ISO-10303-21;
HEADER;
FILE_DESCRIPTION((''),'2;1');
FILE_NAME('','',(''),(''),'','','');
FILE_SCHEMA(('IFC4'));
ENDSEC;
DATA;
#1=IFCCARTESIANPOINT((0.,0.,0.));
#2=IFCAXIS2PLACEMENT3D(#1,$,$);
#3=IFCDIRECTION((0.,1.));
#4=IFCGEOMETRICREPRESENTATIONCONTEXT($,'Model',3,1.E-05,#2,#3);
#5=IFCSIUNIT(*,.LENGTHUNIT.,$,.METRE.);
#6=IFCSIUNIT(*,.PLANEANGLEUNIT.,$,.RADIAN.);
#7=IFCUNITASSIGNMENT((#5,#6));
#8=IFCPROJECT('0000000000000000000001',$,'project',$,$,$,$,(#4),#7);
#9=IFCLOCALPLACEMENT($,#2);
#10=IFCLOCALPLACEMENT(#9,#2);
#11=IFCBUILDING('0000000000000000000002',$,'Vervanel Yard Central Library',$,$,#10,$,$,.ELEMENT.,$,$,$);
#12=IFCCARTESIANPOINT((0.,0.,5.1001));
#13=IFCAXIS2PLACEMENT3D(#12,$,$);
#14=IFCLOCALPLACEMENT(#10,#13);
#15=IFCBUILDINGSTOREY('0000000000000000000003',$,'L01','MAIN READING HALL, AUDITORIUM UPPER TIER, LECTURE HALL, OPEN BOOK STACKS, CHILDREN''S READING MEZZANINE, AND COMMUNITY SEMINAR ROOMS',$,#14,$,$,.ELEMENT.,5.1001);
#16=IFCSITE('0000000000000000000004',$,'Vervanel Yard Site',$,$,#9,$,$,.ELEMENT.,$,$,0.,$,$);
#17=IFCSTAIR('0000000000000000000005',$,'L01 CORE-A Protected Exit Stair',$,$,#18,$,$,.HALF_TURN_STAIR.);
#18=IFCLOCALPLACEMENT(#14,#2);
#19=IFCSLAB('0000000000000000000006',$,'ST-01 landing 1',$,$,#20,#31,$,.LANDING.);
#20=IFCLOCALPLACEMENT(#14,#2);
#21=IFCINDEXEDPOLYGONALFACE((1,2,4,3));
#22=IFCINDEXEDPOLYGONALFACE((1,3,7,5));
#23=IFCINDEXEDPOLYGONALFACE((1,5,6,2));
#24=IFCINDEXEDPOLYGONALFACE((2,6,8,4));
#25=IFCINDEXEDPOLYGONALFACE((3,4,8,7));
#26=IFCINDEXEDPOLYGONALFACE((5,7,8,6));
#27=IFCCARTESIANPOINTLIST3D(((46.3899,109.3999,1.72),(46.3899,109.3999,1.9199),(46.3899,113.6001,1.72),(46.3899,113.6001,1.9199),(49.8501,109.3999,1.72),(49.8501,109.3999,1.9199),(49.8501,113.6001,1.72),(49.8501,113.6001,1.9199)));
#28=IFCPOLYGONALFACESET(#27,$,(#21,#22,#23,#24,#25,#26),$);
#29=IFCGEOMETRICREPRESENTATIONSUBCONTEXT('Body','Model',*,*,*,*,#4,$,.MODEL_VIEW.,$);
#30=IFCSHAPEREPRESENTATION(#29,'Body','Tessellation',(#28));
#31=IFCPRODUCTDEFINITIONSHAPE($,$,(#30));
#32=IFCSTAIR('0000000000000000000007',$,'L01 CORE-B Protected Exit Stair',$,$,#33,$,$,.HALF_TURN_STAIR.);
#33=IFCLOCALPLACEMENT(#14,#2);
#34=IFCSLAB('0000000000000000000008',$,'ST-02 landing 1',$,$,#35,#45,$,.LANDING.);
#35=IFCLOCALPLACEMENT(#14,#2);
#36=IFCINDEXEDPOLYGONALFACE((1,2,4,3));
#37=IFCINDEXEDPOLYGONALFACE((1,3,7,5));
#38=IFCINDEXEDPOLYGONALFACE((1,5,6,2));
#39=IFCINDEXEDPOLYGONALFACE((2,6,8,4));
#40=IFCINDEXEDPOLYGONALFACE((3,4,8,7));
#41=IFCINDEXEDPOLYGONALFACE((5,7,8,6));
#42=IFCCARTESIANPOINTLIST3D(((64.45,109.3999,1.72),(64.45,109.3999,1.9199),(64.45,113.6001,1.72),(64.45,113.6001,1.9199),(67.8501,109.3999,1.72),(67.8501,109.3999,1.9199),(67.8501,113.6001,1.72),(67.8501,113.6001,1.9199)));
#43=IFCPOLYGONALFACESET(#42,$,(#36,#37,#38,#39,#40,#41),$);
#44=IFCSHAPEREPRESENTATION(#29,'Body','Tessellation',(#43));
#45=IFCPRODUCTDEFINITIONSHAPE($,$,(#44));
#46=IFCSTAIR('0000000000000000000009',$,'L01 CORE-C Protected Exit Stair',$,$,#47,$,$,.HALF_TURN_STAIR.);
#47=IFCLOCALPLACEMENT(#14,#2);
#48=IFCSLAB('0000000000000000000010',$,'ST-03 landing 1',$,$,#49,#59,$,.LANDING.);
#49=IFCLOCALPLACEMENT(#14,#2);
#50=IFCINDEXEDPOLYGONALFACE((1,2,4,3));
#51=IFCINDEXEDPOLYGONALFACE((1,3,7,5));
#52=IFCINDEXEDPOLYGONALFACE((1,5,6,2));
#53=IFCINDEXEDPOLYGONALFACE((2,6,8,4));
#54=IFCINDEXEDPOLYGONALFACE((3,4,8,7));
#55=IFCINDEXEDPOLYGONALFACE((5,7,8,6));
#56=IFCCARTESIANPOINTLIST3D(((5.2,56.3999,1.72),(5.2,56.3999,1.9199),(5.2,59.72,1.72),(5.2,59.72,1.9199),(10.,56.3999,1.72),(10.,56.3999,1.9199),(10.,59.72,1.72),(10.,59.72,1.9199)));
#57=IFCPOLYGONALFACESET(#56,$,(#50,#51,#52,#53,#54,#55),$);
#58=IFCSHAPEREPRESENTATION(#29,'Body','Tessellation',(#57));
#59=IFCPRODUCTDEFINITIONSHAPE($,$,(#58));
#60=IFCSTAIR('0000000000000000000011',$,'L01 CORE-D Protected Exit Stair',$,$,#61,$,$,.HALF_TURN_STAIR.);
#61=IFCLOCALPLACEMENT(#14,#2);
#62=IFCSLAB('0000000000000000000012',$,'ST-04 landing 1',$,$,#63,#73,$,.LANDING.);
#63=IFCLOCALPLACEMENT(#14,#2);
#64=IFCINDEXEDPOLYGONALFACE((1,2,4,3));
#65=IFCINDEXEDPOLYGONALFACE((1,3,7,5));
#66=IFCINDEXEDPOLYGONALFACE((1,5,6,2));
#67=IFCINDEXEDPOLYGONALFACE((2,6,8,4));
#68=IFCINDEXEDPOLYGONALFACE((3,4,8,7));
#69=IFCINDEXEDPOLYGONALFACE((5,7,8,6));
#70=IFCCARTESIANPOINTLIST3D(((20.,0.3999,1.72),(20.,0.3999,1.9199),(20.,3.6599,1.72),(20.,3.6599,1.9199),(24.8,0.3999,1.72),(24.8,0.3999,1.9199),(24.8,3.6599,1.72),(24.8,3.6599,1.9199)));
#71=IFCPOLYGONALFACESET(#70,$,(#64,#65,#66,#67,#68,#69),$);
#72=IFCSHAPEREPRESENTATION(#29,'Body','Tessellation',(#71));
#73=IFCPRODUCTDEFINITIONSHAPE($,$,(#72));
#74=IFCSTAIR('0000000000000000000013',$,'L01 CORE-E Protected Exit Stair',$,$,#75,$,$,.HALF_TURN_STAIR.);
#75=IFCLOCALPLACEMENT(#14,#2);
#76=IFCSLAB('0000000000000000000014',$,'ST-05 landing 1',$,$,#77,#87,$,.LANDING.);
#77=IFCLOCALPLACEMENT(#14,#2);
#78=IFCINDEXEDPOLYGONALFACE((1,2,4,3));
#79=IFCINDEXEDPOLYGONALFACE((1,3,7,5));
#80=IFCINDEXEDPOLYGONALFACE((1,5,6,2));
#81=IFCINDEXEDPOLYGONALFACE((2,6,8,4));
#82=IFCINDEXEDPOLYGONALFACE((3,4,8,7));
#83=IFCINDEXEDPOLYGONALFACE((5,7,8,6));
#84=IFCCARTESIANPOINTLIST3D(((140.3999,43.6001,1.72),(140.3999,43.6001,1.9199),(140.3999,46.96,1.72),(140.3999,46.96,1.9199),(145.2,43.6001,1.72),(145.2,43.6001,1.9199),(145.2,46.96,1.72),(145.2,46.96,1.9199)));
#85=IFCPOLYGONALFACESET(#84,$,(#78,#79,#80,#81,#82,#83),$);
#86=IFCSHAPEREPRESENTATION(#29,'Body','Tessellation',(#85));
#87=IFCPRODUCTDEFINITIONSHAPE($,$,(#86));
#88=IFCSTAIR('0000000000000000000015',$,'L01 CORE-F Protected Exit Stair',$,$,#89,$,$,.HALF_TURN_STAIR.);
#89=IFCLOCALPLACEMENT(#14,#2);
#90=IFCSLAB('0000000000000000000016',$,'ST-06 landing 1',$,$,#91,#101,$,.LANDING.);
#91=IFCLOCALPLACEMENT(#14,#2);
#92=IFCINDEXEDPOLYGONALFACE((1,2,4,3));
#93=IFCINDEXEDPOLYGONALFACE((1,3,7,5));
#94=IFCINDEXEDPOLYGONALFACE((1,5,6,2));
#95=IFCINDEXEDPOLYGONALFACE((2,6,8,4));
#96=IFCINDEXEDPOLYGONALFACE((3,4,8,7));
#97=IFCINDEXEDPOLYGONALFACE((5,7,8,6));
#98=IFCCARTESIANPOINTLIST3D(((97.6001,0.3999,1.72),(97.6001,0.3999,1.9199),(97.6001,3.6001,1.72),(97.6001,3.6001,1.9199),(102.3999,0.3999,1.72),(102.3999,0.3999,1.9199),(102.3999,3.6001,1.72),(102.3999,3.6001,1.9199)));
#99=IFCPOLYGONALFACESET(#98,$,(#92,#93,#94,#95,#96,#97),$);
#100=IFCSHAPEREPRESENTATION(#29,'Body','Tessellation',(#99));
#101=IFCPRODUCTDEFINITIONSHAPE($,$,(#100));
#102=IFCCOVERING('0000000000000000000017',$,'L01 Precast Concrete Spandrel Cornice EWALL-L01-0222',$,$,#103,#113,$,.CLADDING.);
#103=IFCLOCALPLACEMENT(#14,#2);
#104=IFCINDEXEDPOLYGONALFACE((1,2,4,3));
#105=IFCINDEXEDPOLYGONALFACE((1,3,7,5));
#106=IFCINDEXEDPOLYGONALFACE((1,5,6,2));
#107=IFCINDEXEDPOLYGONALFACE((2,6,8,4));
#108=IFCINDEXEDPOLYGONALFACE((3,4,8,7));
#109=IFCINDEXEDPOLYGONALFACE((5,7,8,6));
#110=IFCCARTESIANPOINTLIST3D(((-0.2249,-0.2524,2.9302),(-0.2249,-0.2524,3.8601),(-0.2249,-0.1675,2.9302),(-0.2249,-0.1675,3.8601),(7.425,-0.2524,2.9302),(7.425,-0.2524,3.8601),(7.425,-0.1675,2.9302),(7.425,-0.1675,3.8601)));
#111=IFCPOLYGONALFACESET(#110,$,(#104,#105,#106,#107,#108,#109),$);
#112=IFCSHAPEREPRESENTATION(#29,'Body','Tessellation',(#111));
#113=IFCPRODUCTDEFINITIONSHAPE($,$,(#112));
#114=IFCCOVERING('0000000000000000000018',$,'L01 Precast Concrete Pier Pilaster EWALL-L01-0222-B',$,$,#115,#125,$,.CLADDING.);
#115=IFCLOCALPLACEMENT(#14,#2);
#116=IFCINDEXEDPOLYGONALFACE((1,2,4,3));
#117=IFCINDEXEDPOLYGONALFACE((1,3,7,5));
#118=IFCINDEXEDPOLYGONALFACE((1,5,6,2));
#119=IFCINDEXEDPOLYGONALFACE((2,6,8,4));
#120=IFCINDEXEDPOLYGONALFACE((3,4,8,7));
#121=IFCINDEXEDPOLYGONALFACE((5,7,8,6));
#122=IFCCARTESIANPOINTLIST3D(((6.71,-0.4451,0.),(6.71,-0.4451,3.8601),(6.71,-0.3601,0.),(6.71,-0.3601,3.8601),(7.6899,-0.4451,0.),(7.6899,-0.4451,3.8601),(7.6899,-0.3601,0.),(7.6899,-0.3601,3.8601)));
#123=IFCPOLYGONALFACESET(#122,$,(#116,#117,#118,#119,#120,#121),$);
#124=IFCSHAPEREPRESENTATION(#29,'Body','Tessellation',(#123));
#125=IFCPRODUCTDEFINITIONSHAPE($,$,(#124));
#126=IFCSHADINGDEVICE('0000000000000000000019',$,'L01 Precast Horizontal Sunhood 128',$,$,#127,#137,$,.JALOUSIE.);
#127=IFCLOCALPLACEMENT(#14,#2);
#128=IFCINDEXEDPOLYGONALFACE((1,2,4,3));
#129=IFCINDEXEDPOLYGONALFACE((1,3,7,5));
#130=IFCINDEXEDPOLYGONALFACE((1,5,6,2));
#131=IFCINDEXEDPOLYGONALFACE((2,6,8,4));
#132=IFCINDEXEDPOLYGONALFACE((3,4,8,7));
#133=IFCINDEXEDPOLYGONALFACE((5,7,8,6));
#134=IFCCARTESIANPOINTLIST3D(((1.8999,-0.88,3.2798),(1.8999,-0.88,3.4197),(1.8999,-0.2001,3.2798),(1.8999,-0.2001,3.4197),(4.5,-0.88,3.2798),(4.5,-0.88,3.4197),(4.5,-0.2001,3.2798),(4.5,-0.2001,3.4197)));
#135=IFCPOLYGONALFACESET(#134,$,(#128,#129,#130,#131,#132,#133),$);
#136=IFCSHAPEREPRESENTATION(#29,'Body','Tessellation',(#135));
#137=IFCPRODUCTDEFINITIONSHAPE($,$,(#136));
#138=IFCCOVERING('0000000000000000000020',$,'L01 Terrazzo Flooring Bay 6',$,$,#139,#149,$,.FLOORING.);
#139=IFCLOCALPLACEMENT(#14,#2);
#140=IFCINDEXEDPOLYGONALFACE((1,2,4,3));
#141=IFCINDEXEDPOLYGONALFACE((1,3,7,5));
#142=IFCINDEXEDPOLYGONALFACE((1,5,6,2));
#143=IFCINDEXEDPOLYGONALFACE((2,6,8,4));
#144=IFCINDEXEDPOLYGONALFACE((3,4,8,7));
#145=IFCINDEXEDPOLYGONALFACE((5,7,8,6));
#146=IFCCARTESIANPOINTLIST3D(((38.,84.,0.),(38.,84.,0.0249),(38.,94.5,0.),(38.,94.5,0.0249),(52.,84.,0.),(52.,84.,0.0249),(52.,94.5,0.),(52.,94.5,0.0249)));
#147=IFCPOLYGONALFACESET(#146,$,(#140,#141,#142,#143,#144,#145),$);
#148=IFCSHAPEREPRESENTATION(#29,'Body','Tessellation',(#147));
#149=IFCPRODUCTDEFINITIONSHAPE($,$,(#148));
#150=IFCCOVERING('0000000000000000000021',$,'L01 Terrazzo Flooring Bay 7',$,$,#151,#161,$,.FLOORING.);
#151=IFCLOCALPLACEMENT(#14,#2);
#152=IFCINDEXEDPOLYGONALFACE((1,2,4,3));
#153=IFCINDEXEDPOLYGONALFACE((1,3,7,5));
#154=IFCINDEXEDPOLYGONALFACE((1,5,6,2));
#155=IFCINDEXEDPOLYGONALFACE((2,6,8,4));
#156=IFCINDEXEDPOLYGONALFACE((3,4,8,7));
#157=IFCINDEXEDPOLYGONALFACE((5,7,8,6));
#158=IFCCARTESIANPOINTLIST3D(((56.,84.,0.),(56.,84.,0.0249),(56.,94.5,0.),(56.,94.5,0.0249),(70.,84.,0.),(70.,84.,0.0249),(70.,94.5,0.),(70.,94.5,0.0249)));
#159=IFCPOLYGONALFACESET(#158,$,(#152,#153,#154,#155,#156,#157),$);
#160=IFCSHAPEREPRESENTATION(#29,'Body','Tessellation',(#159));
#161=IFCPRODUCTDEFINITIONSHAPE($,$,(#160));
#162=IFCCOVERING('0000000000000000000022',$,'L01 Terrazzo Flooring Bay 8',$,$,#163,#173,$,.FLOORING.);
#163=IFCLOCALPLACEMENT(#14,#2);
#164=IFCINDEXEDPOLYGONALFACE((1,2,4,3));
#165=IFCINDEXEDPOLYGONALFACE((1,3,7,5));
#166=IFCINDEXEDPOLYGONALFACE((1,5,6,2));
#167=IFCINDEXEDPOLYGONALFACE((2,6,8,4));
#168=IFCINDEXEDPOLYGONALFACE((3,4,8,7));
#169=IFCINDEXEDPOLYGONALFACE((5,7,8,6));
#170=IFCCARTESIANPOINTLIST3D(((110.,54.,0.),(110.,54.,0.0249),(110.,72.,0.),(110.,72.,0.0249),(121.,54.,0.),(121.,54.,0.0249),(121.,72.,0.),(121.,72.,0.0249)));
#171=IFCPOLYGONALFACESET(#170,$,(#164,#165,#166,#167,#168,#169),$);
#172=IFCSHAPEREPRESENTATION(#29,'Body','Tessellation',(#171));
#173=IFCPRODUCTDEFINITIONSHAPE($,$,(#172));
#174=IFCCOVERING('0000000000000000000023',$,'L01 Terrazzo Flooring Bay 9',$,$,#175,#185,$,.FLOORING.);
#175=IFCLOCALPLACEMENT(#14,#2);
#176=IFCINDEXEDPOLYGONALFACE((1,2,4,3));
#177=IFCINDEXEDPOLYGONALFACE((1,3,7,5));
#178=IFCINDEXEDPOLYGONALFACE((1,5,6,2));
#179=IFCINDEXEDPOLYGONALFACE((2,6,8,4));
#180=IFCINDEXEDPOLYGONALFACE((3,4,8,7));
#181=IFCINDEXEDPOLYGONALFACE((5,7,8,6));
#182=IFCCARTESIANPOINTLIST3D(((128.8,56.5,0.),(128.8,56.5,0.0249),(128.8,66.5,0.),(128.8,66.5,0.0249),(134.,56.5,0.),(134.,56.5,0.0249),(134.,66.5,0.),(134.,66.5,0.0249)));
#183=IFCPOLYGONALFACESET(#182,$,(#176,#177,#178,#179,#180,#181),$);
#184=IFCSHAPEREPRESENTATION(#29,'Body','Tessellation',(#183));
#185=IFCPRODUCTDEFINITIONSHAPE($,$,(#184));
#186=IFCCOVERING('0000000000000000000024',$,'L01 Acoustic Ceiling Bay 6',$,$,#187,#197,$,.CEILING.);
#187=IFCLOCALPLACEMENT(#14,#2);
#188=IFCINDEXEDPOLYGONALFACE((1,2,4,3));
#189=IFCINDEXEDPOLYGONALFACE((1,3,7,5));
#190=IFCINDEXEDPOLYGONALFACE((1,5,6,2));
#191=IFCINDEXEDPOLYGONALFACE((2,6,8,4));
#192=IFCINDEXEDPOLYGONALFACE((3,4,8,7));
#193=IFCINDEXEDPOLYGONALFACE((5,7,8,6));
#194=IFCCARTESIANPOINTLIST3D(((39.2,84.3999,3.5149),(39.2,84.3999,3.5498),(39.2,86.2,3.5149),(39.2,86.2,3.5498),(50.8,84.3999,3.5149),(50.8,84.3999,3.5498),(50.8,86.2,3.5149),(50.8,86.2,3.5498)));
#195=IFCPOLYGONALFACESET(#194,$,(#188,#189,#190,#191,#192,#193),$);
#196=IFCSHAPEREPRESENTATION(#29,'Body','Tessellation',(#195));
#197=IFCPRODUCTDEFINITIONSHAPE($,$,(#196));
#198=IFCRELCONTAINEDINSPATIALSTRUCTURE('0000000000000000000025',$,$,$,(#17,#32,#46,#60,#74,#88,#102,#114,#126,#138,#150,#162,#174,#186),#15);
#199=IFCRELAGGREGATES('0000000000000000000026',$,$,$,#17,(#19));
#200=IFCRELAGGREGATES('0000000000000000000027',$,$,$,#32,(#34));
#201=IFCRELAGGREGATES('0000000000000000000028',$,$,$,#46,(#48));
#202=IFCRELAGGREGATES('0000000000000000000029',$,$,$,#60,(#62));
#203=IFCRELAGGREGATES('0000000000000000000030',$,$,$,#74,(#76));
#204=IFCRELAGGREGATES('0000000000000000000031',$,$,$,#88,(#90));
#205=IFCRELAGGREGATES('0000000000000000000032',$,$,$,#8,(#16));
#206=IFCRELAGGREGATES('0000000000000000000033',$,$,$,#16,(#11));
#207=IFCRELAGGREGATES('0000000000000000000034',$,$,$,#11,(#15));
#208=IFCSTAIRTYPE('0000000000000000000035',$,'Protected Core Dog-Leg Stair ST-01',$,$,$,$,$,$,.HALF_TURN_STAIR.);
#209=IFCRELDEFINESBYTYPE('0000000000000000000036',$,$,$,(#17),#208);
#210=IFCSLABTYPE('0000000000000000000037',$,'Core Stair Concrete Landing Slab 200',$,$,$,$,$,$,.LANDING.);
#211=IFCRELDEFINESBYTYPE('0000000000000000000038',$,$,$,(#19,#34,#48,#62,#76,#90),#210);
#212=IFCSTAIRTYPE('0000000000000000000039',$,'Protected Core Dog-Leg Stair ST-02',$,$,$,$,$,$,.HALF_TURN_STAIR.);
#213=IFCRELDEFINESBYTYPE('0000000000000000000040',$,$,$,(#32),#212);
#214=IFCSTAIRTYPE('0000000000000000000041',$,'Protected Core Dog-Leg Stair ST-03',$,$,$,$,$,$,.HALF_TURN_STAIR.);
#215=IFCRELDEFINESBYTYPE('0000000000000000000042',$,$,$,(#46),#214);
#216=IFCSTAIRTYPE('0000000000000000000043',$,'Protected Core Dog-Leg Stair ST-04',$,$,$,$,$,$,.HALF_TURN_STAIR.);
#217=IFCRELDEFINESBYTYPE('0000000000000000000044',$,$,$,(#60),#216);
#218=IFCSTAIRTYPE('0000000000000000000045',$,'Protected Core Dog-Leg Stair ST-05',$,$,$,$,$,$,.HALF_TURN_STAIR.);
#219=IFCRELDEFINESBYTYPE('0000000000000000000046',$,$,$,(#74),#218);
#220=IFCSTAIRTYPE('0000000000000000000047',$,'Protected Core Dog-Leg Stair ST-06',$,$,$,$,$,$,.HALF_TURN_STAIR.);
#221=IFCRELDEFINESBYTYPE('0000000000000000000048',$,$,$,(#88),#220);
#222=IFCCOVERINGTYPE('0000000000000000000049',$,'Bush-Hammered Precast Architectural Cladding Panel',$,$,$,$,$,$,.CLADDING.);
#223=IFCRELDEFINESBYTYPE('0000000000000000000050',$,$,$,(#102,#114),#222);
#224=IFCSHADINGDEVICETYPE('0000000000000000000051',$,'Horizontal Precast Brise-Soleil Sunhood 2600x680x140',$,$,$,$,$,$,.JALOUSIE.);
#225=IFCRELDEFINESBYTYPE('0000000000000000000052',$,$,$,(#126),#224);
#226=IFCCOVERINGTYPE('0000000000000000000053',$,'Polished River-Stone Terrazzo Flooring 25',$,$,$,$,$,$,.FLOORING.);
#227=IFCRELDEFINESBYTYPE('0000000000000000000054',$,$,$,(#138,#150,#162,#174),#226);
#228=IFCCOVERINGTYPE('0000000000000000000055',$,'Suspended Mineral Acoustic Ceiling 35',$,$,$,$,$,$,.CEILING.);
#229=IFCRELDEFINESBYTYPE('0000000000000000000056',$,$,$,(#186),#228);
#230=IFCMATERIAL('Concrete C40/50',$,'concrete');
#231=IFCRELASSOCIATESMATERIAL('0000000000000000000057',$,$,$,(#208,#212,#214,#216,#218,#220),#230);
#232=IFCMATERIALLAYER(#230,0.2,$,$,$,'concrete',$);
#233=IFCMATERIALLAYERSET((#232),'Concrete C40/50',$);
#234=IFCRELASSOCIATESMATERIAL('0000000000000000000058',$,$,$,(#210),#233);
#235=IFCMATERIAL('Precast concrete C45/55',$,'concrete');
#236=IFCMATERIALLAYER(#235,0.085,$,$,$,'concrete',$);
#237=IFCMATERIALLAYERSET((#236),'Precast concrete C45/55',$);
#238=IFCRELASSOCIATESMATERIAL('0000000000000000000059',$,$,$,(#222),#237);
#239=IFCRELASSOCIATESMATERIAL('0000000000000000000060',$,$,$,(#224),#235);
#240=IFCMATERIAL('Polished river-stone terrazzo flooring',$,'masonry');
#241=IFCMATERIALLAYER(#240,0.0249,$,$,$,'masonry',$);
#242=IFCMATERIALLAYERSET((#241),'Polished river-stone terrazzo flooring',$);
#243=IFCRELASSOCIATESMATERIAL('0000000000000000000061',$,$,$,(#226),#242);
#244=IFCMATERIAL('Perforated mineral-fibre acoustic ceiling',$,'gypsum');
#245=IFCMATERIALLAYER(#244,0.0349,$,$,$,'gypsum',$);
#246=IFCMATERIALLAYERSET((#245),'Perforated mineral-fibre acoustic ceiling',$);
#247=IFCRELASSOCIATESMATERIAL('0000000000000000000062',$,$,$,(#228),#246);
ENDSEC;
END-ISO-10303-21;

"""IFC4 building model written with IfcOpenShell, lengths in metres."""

from ifc_helpers import new_model, si_unit, direction, frame, origin, origin_2d, place, context, subcontext, project, spatial, polyline, rectangle, outline, extrude, material, layer, layer_set, type_object, element, aggregate, save


model = new_model("IFC4")

# Units and contexts
model_context = context("Model", 3, precision=1e-05, world=origin(), true_north=direction((0.0, 1.0)))
body_context = subcontext(model_context, "Body", "Model", "MODEL_VIEW")
ifc_project = project(units=[si_unit("LENGTHUNIT", "METRE"), si_unit("PLANEANGLEUNIT", "RADIAN")], contexts=[model_context])

# Site, building, storey
site_placement = place(None, origin())
site = spatial("IfcSite", under=ifc_project, at=site_placement, Name="Vervanel Yard Site", CompositionType="ELEMENT", RefElevation=0.0)
building_placement = place(site_placement, origin())
building = spatial("IfcBuilding", under=site, at=building_placement, Name="Vervanel Yard Central Library", CompositionType="ELEMENT")
storey_placement = place(building_placement, frame((0.0, 0.0, 5.1001)))
storey = spatial("IfcBuildingStorey", under=building, at=storey_placement, Name="L01", Description="MAIN READING HALL, AUDITORIUM UPPER TIER, LECTURE HALL, OPEN BOOK STACKS, CHILDREN'S READING MEZZANINE, AND COMMUNITY SEMINAR ROOMS", CompositionType="ELEMENT", Elevation=5.1001)

# Stairs, slabs
ifc_material_1 = material(Name="Concrete C40/50", Category="concrete")
stair_type_1 = type_object("IfcStairType", Name="Protected Core Dog-Leg Stair ST-01", PredefinedType="HALF_TURN_STAIR", material=ifc_material_1)
stair_1_placement = place(storey_placement, origin())
stair_1 = element("IfcStair", 1, at=stair_1_placement, inside=storey, type_object=stair_type_1, Name="L01 CORE-A Protected Exit Stair", PredefinedType="HALF_TURN_STAIR")
ifc_layer_1 = layer(ifc_material_1, 0.2, Category="concrete")
ifc_layer_set_1 = layer_set([ifc_layer_1], Name="Concrete C40/50")
slab_type = type_object("IfcSlabType", Name="Core Stair Concrete Landing Slab 200", PredefinedType="LANDING", material=ifc_layer_set_1)
slab_1_placement = place(storey_placement, frame((0.0, 0.0, 1.72)))
slab_1 = element("IfcSlab", 2, at=slab_1_placement, type_object=slab_type, Name="ST-01 landing 1", PredefinedType="LANDING", context=body_context, shape_type="SweptSolid", body=[
    extrude(outline(polyline([(49.8501, 109.3999), (49.8501, 113.6001), (46.3899, 113.6001), (46.3899, 109.3999), (49.8501, 109.3999)])), origin(), (0.0, 0.0, 1.0), 0.2),
])
aggregate(stair_1, [slab_1])
stair_type_2 = type_object("IfcStairType", Name="Protected Core Dog-Leg Stair ST-02", PredefinedType="HALF_TURN_STAIR", material=ifc_material_1)
stair_2_placement = place(storey_placement, origin())
stair_2 = element("IfcStair", 3, at=stair_2_placement, inside=storey, type_object=stair_type_2, Name="L01 CORE-B Protected Exit Stair", PredefinedType="HALF_TURN_STAIR")
slab_2_placement = place(storey_placement, frame((0.0, 0.0, 1.72)))
slab_2 = element("IfcSlab", 4, at=slab_2_placement, type_object=slab_type, Name="ST-02 landing 1", PredefinedType="LANDING", context=body_context, shape_type="SweptSolid", body=[
    extrude(outline(polyline([(67.8501, 109.3999), (67.8501, 113.6001), (64.45, 113.6001), (64.45, 109.3999), (67.8501, 109.3999)])), origin(), (0.0, 0.0, 1.0), 0.2),
])
aggregate(stair_2, [slab_2])
stair_type_3 = type_object("IfcStairType", Name="Protected Core Dog-Leg Stair ST-03", PredefinedType="HALF_TURN_STAIR", material=ifc_material_1)
stair_3_placement = place(storey_placement, origin())
stair_3 = element("IfcStair", 5, at=stair_3_placement, inside=storey, type_object=stair_type_3, Name="L01 CORE-C Protected Exit Stair", PredefinedType="HALF_TURN_STAIR")
slab_3_placement = place(storey_placement, frame((0.0, 0.0, 1.72)))
slab_3 = element("IfcSlab", 6, at=slab_3_placement, type_object=slab_type, Name="ST-03 landing 1", PredefinedType="LANDING", context=body_context, shape_type="SweptSolid", body=[
    extrude(outline(polyline([(5.2, 56.3999), (10.0, 56.3999), (10.0, 59.72), (5.2, 59.72), (5.2, 56.3999)])), origin(), (0.0, 0.0, 1.0), 0.2),
])
aggregate(stair_3, [slab_3])
stair_type_4 = type_object("IfcStairType", Name="Protected Core Dog-Leg Stair ST-04", PredefinedType="HALF_TURN_STAIR", material=ifc_material_1)
stair_4_placement = place(storey_placement, origin())
stair_4 = element("IfcStair", 7, at=stair_4_placement, inside=storey, type_object=stair_type_4, Name="L01 CORE-D Protected Exit Stair", PredefinedType="HALF_TURN_STAIR")
slab_4_placement = place(storey_placement, frame((0.0, 0.0, 1.72)))
slab_4 = element("IfcSlab", 8, at=slab_4_placement, type_object=slab_type, Name="ST-04 landing 1", PredefinedType="LANDING", context=body_context, shape_type="SweptSolid", body=[
    extrude(outline(polyline([(20.0, 0.3999), (24.8, 0.3999), (24.8, 3.6599), (20.0, 3.6599), (20.0, 0.3999)])), origin(), (0.0, 0.0, 1.0), 0.2),
])
aggregate(stair_4, [slab_4])
stair_type_5 = type_object("IfcStairType", Name="Protected Core Dog-Leg Stair ST-05", PredefinedType="HALF_TURN_STAIR", material=ifc_material_1)
stair_5_placement = place(storey_placement, origin())
stair_5 = element("IfcStair", 9, at=stair_5_placement, inside=storey, type_object=stair_type_5, Name="L01 CORE-E Protected Exit Stair", PredefinedType="HALF_TURN_STAIR")
slab_5_placement = place(storey_placement, frame((0.0, 0.0, 1.72)))
slab_5 = element("IfcSlab", 10, at=slab_5_placement, type_object=slab_type, Name="ST-05 landing 1", PredefinedType="LANDING", context=body_context, shape_type="SweptSolid", body=[
    extrude(outline(polyline([(140.3999, 43.6001), (145.2, 43.6001), (145.2, 46.96), (140.3999, 46.96), (140.3999, 43.6001)])), origin(), (0.0, 0.0, 1.0), 0.2),
])
aggregate(stair_5, [slab_5])
stair_type_6 = type_object("IfcStairType", Name="Protected Core Dog-Leg Stair ST-06", PredefinedType="HALF_TURN_STAIR", material=ifc_material_1)
stair_6_placement = place(storey_placement, origin())
stair_6 = element("IfcStair", 11, at=stair_6_placement, inside=storey, type_object=stair_type_6, Name="L01 CORE-F Protected Exit Stair", PredefinedType="HALF_TURN_STAIR")
slab_6_placement = place(storey_placement, frame((0.0, 0.0, 1.72)))
slab_6 = element("IfcSlab", 12, at=slab_6_placement, type_object=slab_type, Name="ST-06 landing 1", PredefinedType="LANDING", context=body_context, shape_type="SweptSolid", body=[
    extrude(outline(polyline([(97.6001, 0.3999), (102.3999, 0.3999), (102.3999, 3.6001), (97.6001, 3.6001), (97.6001, 0.3999)])), origin(), (0.0, 0.0, 1.0), 0.2),
])
aggregate(stair_6, [slab_6])

# Coverings
ifc_material_2 = material(Name="Precast concrete C45/55", Category="concrete")
ifc_layer_2 = layer(ifc_material_2, 0.085, Category="concrete")
ifc_layer_set_2 = layer_set([ifc_layer_2], Name="Precast concrete C45/55")
covering_type_1 = type_object("IfcCoveringType", Name="Bush-Hammered Precast Architectural Cladding Panel", PredefinedType="CLADDING", material=ifc_layer_set_2)
covering_1_placement = place(storey_placement, frame((3.6001, -0.21, 2.9302), z_axis=(0.0, 0.0, 1.0), x_axis=(1.0, 0.0, 0.0)))
element("IfcCovering", 13, at=covering_1_placement, inside=storey, type_object=covering_type_1, Name="L01 Precast Concrete Spandrel Cornice EWALL-L01-0222", PredefinedType="CLADDING", context=body_context, shape_type="SweptSolid", body=[
    extrude(rectangle(XDim=7.6499, YDim=0.085, at=origin_2d()), origin(), (0.0, 0.0, 1.0), 0.9299),
])
covering_2_placement = place(storey_placement, frame((7.2, -0.4026, 0.0), z_axis=(0.0, 0.0, 1.0), x_axis=(1.0, 0.0, 0.0)))
element("IfcCovering", 14, at=covering_2_placement, inside=storey, type_object=covering_type_1, Name="L01 Precast Concrete Pier Pilaster EWALL-L01-0222-B", PredefinedType="CLADDING", context=body_context, shape_type="SweptSolid", body=[
    extrude(rectangle(XDim=0.98, YDim=0.085, at=origin_2d()), origin(), (0.0, 0.0, 1.0), 3.8601),
])

# Shading device
shading_device_type_1 = type_object("IfcShadingDeviceType", Name="Horizontal Precast Brise-Soleil Sunhood 2600x680x140", PredefinedType="JALOUSIE", material=ifc_material_2)
shading_device_placement = place(storey_placement, frame((3.2, -0.54, 3.2798), z_axis=(0.0, 0.0, 1.0), x_axis=(1.0, 0.0, 0.0)))
element("IfcShadingDevice", 15, at=shading_device_placement, inside=storey, type_object=shading_device_type_1, Name="L01 Precast Horizontal Sunhood 128", PredefinedType="JALOUSIE", context=body_context, shape_type="SweptSolid", body=[
    extrude(rectangle(XDim=2.6001, YDim=0.6799, at=origin_2d()), origin(), (0.0, 0.0, 1.0), 0.1399),
])

# Coverings
ifc_material_3 = material(Name="Polished river-stone terrazzo flooring", Category="masonry")
ifc_layer_3 = layer(ifc_material_3, 0.0249, Category="masonry")
ifc_layer_set_3 = layer_set([ifc_layer_3], Name="Polished river-stone terrazzo flooring")
covering_type_2 = type_object("IfcCoveringType", Name="Polished River-Stone Terrazzo Flooring 25", PredefinedType="FLOORING", material=ifc_layer_set_3)
covering_3_placement = place(storey_placement, origin())
element("IfcCovering", 16, at=covering_3_placement, inside=storey, type_object=covering_type_2, Name="L01 Terrazzo Flooring Bay 6", PredefinedType="FLOORING", context=body_context, shape_type="SweptSolid", body=[
    extrude(outline(polyline([(38.0, 84.0), (52.0, 84.0), (52.0, 94.5), (38.0, 94.5), (38.0, 84.0)])), origin(), (0.0, 0.0, 1.0), 0.0249),
])
covering_4_placement = place(storey_placement, origin())
element("IfcCovering", 17, at=covering_4_placement, inside=storey, type_object=covering_type_2, Name="L01 Terrazzo Flooring Bay 7", PredefinedType="FLOORING", context=body_context, shape_type="SweptSolid", body=[
    extrude(outline(polyline([(56.0, 84.0), (70.0, 84.0), (70.0, 94.5), (56.0, 94.5), (56.0, 84.0)])), origin(), (0.0, 0.0, 1.0), 0.0249),
])
covering_5_placement = place(storey_placement, origin())
element("IfcCovering", 18, at=covering_5_placement, inside=storey, type_object=covering_type_2, Name="L01 Terrazzo Flooring Bay 8", PredefinedType="FLOORING", context=body_context, shape_type="SweptSolid", body=[
    extrude(outline(polyline([(110.0, 54.0), (121.0, 54.0), (121.0, 72.0), (110.0, 72.0), (110.0, 54.0)])), origin(), (0.0, 0.0, 1.0), 0.0249),
])
covering_6_placement = place(storey_placement, origin())
element("IfcCovering", 19, at=covering_6_placement, inside=storey, type_object=covering_type_2, Name="L01 Terrazzo Flooring Bay 9", PredefinedType="FLOORING", context=body_context, shape_type="SweptSolid", body=[
    extrude(outline(polyline([(128.8, 56.5), (134.0, 56.5), (134.0, 66.5), (128.8, 66.5), (128.8, 56.5)])), origin(), (0.0, 0.0, 1.0), 0.0249),
])
ifc_material_4 = material(Name="Perforated mineral-fibre acoustic ceiling", Category="gypsum")
ifc_layer_4 = layer(ifc_material_4, 0.0349, Category="gypsum")
ifc_layer_set_4 = layer_set([ifc_layer_4], Name="Perforated mineral-fibre acoustic ceiling")
covering_type_3 = type_object("IfcCoveringType", Name="Suspended Mineral Acoustic Ceiling 35", PredefinedType="CEILING", material=ifc_layer_set_4)
covering_7_placement = place(storey_placement, frame((0.0, 0.0, 3.5149)))
element("IfcCovering", 20, at=covering_7_placement, inside=storey, type_object=covering_type_3, Name="L01 Acoustic Ceiling Bay 6", PredefinedType="CEILING", context=body_context, shape_type="SweptSolid", body=[
    extrude(outline(polyline([(39.2, 84.3999), (50.8, 84.3999), (50.8, 86.2), (39.2, 86.2), (39.2, 84.3999)])), origin(), (0.0, 0.0, 1.0), 0.0349),
])

save(model, "model.ifc")
